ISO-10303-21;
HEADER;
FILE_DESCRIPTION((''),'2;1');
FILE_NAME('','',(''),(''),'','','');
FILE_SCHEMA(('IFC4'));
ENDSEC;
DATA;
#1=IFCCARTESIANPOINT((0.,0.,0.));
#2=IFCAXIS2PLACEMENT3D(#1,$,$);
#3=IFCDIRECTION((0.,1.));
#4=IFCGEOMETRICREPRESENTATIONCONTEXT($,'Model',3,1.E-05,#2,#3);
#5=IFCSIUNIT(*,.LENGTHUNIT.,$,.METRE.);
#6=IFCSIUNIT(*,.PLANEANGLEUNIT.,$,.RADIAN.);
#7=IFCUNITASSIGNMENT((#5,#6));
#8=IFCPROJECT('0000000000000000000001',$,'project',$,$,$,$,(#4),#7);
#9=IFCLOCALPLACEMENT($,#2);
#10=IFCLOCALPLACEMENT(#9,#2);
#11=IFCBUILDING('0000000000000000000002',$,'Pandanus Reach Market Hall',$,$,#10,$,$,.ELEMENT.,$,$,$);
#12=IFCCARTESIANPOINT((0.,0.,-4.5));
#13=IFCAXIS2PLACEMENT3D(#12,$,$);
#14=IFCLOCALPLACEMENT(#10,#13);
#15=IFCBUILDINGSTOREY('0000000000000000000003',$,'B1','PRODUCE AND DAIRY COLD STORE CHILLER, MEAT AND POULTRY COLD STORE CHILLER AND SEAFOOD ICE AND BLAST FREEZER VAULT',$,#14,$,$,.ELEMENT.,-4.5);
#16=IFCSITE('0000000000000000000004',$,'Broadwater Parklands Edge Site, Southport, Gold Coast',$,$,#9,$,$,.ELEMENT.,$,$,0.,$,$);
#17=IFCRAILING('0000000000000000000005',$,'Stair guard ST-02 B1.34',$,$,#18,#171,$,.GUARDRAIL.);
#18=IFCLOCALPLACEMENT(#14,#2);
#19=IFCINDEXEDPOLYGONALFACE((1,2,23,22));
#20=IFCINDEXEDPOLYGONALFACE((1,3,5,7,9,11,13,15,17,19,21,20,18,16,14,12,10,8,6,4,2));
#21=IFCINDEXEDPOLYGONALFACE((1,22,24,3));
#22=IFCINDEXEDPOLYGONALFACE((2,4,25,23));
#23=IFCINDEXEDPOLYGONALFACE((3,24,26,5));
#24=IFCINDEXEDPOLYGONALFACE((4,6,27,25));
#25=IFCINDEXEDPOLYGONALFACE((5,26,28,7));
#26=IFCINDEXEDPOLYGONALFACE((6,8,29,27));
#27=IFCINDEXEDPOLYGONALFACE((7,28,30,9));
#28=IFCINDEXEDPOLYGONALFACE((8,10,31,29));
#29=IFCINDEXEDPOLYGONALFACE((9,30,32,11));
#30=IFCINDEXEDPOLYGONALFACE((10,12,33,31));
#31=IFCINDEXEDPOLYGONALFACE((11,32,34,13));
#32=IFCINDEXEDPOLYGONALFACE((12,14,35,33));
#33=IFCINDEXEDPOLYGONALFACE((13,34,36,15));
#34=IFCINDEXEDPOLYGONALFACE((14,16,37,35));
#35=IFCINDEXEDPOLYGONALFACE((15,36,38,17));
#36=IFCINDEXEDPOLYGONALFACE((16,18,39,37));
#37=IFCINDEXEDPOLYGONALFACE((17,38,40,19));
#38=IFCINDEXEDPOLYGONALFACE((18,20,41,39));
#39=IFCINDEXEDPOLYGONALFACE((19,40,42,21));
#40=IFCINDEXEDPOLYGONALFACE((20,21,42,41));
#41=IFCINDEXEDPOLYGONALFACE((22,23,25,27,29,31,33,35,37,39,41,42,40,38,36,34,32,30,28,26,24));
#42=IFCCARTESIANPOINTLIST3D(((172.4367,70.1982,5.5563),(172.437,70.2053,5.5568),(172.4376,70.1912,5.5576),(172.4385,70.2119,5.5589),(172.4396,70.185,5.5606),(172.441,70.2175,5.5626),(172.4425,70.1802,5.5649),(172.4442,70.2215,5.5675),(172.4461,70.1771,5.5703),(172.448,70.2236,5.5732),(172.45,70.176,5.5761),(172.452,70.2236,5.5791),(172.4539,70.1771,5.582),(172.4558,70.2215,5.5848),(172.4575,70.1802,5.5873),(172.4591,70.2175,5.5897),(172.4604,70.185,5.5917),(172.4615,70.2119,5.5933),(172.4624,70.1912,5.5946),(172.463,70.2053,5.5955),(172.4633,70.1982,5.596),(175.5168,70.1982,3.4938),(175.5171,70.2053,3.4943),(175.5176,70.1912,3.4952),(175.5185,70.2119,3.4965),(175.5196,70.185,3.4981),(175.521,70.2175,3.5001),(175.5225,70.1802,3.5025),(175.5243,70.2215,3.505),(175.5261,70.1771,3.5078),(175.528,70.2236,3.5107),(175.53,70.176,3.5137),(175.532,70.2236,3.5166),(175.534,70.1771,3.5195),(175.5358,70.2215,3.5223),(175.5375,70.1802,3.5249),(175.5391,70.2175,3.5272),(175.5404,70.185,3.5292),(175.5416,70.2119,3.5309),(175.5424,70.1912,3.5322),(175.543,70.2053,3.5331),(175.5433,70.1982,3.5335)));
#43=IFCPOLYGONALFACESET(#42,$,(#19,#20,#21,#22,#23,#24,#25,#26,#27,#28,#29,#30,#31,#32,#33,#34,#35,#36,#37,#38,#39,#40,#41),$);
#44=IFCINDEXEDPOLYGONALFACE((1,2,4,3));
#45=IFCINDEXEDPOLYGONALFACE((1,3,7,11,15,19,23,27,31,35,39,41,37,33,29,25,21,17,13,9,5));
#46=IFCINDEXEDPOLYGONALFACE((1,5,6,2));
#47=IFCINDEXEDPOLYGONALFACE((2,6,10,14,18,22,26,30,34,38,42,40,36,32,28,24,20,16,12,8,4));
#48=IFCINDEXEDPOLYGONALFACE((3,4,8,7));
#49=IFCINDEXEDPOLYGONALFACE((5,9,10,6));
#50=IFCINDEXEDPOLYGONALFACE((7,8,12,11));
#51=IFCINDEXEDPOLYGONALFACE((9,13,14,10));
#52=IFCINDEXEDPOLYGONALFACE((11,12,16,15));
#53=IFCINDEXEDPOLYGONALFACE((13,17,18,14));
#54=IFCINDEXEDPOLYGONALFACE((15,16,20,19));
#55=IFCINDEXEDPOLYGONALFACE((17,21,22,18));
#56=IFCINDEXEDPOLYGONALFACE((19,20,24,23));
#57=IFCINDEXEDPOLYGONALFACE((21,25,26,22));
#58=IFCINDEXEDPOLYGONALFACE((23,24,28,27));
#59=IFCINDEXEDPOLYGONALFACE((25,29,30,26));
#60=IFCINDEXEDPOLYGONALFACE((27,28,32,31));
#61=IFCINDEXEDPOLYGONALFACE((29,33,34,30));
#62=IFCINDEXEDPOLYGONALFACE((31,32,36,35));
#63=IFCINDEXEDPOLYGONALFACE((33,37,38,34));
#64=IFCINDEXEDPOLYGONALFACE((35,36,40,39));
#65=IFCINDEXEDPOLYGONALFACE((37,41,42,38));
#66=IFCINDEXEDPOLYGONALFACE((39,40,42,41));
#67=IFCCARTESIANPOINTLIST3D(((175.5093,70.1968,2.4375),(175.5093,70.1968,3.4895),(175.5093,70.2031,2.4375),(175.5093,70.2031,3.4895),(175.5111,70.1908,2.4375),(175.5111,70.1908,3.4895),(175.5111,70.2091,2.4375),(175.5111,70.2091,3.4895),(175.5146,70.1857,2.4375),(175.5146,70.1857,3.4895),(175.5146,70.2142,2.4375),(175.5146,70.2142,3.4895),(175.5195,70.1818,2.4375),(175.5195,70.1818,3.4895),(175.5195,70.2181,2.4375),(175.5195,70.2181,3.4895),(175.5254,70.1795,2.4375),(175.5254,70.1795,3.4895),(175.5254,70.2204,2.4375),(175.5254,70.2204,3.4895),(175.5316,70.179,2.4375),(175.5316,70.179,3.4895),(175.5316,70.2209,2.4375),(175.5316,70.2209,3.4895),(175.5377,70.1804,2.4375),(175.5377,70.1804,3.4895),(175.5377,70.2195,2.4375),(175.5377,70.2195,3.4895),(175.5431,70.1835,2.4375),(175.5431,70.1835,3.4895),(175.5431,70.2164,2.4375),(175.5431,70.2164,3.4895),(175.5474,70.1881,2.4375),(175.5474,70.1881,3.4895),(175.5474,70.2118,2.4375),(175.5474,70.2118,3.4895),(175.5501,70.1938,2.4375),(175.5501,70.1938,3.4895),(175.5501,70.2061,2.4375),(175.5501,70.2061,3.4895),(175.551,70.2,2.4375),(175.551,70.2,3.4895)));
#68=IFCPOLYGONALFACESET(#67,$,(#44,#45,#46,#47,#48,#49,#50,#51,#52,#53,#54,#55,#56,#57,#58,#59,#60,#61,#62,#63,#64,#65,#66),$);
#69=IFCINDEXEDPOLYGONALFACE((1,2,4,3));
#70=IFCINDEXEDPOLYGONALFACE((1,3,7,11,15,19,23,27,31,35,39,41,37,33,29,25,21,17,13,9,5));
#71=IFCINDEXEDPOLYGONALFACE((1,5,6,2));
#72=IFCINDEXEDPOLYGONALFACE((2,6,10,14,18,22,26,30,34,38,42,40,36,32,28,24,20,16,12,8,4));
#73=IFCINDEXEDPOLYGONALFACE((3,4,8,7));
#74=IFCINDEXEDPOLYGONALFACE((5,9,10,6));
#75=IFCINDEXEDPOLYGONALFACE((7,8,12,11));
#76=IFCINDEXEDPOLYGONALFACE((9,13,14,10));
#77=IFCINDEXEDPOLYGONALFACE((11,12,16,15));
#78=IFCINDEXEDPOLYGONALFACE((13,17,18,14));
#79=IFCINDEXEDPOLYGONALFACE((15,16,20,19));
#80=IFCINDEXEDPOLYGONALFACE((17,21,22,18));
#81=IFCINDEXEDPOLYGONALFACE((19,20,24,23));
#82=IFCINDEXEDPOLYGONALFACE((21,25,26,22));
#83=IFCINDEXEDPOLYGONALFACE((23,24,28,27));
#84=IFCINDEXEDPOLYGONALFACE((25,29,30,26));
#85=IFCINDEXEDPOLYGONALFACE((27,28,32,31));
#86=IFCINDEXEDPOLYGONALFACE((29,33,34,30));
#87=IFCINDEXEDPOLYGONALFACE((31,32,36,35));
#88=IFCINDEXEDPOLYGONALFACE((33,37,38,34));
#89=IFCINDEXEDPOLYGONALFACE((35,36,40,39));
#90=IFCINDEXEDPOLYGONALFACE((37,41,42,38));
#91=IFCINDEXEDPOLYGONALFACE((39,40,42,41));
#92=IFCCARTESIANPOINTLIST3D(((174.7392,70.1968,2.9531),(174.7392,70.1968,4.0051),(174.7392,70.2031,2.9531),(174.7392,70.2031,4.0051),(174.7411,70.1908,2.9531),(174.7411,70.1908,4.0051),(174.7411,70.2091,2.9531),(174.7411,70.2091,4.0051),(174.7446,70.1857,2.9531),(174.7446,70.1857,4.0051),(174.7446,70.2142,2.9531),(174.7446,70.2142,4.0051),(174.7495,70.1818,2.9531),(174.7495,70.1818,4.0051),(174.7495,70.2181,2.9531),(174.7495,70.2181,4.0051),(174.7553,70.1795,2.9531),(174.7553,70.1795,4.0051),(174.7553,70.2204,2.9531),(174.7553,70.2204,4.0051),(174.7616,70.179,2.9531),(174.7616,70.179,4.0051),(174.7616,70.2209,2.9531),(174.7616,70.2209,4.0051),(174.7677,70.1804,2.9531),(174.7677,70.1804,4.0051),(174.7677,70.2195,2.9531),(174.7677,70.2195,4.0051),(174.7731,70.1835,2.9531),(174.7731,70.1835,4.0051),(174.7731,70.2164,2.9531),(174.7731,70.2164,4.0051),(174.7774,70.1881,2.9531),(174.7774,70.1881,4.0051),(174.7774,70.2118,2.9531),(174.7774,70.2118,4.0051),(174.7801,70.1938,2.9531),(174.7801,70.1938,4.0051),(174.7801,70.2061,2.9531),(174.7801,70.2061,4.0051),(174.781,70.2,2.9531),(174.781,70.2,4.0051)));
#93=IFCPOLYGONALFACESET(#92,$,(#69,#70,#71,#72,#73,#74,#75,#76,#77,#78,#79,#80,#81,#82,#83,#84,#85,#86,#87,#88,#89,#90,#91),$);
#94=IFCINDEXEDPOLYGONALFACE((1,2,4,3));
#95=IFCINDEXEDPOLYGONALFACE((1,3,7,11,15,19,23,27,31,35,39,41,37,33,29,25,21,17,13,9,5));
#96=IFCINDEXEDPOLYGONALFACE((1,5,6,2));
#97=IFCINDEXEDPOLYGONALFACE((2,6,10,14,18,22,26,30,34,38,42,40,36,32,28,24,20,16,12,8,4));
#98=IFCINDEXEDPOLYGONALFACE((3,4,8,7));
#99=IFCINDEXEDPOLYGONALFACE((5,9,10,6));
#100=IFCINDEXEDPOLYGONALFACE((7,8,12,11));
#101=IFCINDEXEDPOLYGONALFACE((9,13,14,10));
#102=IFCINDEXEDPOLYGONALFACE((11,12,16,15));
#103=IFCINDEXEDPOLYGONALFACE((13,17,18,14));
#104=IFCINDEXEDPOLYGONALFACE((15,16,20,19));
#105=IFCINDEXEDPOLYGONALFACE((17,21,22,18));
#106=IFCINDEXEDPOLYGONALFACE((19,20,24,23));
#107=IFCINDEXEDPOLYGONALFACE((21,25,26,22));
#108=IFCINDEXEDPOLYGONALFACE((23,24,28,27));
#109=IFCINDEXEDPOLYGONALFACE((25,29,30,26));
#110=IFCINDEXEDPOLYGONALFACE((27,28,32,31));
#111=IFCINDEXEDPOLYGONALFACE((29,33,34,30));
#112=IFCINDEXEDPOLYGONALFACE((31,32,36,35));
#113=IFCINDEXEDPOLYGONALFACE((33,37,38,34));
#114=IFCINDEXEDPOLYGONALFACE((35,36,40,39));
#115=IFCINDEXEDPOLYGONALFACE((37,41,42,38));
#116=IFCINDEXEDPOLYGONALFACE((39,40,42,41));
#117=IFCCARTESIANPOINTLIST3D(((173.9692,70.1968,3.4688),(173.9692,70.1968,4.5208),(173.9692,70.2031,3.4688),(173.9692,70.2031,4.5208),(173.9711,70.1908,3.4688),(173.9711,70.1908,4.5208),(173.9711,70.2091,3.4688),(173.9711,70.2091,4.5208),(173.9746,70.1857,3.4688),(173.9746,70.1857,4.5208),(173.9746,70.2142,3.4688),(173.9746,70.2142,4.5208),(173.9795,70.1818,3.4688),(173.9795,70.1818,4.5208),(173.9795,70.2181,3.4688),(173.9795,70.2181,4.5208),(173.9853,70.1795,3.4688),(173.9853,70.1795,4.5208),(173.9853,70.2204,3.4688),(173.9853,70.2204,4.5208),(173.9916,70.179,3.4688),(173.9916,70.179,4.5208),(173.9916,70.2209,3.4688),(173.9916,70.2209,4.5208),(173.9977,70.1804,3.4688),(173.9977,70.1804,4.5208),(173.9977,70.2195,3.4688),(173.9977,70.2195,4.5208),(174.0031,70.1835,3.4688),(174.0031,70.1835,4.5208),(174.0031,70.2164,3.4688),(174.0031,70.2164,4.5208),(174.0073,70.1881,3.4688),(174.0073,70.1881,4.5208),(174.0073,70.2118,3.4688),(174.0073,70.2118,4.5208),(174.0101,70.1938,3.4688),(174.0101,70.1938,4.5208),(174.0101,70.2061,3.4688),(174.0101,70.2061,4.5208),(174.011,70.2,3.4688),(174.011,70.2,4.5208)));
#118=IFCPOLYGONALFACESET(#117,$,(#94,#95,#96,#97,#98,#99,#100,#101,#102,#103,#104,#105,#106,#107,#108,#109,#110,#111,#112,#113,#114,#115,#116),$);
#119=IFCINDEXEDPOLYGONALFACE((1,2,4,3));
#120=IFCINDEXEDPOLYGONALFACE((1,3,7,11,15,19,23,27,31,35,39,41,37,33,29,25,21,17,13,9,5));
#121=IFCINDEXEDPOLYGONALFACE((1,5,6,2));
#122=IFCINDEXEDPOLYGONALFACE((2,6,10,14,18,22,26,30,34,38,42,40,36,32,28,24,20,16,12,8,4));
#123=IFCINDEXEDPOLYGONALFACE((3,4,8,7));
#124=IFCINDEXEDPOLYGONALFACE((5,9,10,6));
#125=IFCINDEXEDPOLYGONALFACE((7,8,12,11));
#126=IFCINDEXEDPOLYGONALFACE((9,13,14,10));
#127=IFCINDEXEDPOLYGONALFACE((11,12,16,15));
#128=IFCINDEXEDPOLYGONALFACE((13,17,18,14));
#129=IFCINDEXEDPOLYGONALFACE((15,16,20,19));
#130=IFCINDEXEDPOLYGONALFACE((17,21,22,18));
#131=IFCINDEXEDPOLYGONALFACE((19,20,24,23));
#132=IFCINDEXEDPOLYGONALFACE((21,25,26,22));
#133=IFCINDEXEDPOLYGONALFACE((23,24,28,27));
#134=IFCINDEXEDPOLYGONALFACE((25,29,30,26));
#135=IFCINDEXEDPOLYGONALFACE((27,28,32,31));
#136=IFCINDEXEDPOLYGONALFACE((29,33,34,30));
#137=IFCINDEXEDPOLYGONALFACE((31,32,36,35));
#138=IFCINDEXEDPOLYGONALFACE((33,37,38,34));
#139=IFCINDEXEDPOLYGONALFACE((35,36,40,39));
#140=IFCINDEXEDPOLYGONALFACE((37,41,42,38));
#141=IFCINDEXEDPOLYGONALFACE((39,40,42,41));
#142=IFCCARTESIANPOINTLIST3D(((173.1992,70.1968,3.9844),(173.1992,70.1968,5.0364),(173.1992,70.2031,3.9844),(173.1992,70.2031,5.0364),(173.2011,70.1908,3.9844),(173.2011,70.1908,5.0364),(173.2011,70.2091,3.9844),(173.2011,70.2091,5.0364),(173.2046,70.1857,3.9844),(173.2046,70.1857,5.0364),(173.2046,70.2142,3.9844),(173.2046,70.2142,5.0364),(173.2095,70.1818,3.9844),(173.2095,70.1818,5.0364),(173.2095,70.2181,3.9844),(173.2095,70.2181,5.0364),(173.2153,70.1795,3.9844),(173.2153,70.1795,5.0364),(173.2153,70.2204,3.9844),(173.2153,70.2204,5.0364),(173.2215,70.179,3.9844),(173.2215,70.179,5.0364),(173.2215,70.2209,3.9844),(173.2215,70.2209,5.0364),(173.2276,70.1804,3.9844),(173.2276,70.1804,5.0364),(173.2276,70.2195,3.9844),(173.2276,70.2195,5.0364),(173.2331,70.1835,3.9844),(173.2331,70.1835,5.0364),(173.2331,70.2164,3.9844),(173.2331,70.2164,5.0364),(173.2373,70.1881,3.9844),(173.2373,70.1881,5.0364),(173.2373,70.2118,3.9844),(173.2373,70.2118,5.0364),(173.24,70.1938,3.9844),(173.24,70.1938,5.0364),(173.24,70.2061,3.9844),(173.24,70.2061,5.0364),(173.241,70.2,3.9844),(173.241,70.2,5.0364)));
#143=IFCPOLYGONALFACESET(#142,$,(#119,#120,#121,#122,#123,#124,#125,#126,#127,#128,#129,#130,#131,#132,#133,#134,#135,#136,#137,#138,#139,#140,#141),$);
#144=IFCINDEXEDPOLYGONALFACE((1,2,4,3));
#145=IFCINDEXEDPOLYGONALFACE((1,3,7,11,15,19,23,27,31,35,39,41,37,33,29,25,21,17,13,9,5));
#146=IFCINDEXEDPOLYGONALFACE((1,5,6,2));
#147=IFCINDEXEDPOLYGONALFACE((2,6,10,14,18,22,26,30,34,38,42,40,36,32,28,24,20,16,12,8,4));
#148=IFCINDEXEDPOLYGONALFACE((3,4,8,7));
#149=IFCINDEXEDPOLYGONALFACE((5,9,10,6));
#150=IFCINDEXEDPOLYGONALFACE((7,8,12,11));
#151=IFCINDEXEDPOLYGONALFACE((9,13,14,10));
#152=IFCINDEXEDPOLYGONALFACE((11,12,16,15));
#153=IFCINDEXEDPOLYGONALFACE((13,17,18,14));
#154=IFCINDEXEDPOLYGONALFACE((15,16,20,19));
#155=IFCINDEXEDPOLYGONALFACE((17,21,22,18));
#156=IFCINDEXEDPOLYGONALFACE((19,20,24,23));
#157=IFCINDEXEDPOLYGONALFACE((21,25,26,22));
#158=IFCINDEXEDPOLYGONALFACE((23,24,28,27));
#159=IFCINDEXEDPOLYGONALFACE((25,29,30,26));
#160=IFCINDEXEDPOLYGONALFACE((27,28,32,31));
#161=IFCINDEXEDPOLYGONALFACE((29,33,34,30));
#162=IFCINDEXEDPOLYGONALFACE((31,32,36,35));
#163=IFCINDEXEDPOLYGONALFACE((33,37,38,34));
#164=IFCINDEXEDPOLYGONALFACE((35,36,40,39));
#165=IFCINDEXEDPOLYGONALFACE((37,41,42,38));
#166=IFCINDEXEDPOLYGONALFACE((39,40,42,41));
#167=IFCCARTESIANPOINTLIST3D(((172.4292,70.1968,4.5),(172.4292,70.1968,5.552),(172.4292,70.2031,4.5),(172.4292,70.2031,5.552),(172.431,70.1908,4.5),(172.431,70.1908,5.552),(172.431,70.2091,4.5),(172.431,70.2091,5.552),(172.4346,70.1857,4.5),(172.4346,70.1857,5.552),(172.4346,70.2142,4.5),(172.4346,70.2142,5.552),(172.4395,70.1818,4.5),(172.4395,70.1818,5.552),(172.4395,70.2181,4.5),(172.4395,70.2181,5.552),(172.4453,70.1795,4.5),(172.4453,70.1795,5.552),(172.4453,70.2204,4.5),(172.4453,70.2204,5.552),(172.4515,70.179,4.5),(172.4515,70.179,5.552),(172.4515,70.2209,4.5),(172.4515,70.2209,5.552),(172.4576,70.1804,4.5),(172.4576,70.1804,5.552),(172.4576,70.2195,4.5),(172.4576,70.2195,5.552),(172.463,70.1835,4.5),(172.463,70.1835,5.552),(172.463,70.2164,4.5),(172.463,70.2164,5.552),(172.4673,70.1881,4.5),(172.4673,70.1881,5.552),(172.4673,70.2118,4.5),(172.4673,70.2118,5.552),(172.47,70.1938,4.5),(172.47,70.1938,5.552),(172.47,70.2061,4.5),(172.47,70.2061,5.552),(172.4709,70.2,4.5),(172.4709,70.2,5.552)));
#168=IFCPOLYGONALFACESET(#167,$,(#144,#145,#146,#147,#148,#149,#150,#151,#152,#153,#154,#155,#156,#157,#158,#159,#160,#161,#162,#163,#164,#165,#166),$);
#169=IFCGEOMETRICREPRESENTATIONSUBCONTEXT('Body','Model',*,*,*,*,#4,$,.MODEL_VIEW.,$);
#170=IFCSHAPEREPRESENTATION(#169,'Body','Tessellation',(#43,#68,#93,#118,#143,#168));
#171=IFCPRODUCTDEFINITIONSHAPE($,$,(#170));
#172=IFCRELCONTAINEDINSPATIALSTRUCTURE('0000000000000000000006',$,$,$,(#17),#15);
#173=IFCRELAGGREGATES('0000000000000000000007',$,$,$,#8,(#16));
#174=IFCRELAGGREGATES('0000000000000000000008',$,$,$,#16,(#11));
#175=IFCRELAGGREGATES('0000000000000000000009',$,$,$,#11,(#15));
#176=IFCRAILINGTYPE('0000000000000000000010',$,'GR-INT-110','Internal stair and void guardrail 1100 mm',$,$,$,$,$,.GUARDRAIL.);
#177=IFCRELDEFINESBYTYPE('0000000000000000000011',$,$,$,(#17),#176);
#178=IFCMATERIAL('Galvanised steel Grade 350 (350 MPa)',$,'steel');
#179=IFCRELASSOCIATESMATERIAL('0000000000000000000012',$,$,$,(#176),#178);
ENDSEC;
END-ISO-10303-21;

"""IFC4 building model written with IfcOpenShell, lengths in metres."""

from ifc_helpers import new_model, si_unit, direction, frame, origin, origin_2d, place, context, subcontext, project, spatial, circle, extrude, material, type_object, element, save


model = new_model("IFC4")

# Units and contexts
model_context = context("Model", 3, precision=1e-05, world=origin(), true_north=direction((0.0, 1.0)))
body_context = subcontext(model_context, "Body", "Model", "MODEL_VIEW")
ifc_project = project(units=[si_unit("LENGTHUNIT", "METRE"), si_unit("PLANEANGLEUNIT", "RADIAN")], contexts=[model_context])

# Site, building, storey
site_placement = place(None, origin())
site = spatial("IfcSite", under=ifc_project, at=site_placement, Name="Broadwater Parklands Edge Site, Southport, Gold Coast", CompositionType="ELEMENT", RefElevation=0.0)
building_placement = place(site_placement, origin())
building = spatial("IfcBuilding", under=site, at=building_placement, Name="Pandanus Reach Market Hall", CompositionType="ELEMENT")
storey_placement = place(building_placement, frame((0.0, 0.0, -4.5)))
storey = spatial("IfcBuildingStorey", under=building, at=storey_placement, Name="B1", Description="PRODUCE AND DAIRY COLD STORE CHILLER, MEAT AND POULTRY COLD STORE CHILLER AND SEAFOOD ICE AND BLAST FREEZER VAULT", CompositionType="ELEMENT", Elevation=-4.5)

# Railing
ifc_material_1 = material(Name="Galvanised steel Grade 350 (350 MPa)", Category="steel")
railing_type_1 = type_object("IfcRailingType", Name="GR-INT-110", Description="Internal stair and void guardrail 1100 mm", PredefinedType="GUARDRAIL", material=ifc_material_1)
railing_1_placement = place(storey_placement, frame((175.53, 70.2, 2.4375)))
element("IfcRailing", 1, at=railing_1_placement, inside=storey, type_object=railing_type_1, Name="Stair guard ST-02 B1.34", PredefinedType="GUARDRAIL", context=body_context, shape_type="SweptSolid", body=[
    extrude(circle(Radius=0.0239, at=origin_2d()), frame((0.0, 0.0, 1.0762), z_axis=(-0.830914, 0.0, 0.556401), x_axis=(0.0, -1.0, 0.0)), (0.0, 0.0, 1.0), 3.7068),
    extrude(circle(Radius=0.021, at=origin_2d()), origin(), (0.0, 0.0, 1.0), 1.052),
    extrude(circle(Radius=0.021, at=origin_2d()), frame((-0.77, 0.0, 0.5156)), (0.0, 0.0, 1.0), 1.052),
    extrude(circle(Radius=0.021, at=origin_2d()), frame((-1.54, 0.0, 1.0312)), (0.0, 0.0, 1.0), 1.052),
    extrude(circle(Radius=0.021, at=origin_2d()), frame((-2.3101, 0.0, 1.5469)), (0.0, 0.0, 1.0), 1.052),
    extrude(circle(Radius=0.021, at=origin_2d()), frame((-3.0801, 0.0, 2.0625)), (0.0, 0.0, 1.0), 1.052),
])

save(model, "model.ifc")
